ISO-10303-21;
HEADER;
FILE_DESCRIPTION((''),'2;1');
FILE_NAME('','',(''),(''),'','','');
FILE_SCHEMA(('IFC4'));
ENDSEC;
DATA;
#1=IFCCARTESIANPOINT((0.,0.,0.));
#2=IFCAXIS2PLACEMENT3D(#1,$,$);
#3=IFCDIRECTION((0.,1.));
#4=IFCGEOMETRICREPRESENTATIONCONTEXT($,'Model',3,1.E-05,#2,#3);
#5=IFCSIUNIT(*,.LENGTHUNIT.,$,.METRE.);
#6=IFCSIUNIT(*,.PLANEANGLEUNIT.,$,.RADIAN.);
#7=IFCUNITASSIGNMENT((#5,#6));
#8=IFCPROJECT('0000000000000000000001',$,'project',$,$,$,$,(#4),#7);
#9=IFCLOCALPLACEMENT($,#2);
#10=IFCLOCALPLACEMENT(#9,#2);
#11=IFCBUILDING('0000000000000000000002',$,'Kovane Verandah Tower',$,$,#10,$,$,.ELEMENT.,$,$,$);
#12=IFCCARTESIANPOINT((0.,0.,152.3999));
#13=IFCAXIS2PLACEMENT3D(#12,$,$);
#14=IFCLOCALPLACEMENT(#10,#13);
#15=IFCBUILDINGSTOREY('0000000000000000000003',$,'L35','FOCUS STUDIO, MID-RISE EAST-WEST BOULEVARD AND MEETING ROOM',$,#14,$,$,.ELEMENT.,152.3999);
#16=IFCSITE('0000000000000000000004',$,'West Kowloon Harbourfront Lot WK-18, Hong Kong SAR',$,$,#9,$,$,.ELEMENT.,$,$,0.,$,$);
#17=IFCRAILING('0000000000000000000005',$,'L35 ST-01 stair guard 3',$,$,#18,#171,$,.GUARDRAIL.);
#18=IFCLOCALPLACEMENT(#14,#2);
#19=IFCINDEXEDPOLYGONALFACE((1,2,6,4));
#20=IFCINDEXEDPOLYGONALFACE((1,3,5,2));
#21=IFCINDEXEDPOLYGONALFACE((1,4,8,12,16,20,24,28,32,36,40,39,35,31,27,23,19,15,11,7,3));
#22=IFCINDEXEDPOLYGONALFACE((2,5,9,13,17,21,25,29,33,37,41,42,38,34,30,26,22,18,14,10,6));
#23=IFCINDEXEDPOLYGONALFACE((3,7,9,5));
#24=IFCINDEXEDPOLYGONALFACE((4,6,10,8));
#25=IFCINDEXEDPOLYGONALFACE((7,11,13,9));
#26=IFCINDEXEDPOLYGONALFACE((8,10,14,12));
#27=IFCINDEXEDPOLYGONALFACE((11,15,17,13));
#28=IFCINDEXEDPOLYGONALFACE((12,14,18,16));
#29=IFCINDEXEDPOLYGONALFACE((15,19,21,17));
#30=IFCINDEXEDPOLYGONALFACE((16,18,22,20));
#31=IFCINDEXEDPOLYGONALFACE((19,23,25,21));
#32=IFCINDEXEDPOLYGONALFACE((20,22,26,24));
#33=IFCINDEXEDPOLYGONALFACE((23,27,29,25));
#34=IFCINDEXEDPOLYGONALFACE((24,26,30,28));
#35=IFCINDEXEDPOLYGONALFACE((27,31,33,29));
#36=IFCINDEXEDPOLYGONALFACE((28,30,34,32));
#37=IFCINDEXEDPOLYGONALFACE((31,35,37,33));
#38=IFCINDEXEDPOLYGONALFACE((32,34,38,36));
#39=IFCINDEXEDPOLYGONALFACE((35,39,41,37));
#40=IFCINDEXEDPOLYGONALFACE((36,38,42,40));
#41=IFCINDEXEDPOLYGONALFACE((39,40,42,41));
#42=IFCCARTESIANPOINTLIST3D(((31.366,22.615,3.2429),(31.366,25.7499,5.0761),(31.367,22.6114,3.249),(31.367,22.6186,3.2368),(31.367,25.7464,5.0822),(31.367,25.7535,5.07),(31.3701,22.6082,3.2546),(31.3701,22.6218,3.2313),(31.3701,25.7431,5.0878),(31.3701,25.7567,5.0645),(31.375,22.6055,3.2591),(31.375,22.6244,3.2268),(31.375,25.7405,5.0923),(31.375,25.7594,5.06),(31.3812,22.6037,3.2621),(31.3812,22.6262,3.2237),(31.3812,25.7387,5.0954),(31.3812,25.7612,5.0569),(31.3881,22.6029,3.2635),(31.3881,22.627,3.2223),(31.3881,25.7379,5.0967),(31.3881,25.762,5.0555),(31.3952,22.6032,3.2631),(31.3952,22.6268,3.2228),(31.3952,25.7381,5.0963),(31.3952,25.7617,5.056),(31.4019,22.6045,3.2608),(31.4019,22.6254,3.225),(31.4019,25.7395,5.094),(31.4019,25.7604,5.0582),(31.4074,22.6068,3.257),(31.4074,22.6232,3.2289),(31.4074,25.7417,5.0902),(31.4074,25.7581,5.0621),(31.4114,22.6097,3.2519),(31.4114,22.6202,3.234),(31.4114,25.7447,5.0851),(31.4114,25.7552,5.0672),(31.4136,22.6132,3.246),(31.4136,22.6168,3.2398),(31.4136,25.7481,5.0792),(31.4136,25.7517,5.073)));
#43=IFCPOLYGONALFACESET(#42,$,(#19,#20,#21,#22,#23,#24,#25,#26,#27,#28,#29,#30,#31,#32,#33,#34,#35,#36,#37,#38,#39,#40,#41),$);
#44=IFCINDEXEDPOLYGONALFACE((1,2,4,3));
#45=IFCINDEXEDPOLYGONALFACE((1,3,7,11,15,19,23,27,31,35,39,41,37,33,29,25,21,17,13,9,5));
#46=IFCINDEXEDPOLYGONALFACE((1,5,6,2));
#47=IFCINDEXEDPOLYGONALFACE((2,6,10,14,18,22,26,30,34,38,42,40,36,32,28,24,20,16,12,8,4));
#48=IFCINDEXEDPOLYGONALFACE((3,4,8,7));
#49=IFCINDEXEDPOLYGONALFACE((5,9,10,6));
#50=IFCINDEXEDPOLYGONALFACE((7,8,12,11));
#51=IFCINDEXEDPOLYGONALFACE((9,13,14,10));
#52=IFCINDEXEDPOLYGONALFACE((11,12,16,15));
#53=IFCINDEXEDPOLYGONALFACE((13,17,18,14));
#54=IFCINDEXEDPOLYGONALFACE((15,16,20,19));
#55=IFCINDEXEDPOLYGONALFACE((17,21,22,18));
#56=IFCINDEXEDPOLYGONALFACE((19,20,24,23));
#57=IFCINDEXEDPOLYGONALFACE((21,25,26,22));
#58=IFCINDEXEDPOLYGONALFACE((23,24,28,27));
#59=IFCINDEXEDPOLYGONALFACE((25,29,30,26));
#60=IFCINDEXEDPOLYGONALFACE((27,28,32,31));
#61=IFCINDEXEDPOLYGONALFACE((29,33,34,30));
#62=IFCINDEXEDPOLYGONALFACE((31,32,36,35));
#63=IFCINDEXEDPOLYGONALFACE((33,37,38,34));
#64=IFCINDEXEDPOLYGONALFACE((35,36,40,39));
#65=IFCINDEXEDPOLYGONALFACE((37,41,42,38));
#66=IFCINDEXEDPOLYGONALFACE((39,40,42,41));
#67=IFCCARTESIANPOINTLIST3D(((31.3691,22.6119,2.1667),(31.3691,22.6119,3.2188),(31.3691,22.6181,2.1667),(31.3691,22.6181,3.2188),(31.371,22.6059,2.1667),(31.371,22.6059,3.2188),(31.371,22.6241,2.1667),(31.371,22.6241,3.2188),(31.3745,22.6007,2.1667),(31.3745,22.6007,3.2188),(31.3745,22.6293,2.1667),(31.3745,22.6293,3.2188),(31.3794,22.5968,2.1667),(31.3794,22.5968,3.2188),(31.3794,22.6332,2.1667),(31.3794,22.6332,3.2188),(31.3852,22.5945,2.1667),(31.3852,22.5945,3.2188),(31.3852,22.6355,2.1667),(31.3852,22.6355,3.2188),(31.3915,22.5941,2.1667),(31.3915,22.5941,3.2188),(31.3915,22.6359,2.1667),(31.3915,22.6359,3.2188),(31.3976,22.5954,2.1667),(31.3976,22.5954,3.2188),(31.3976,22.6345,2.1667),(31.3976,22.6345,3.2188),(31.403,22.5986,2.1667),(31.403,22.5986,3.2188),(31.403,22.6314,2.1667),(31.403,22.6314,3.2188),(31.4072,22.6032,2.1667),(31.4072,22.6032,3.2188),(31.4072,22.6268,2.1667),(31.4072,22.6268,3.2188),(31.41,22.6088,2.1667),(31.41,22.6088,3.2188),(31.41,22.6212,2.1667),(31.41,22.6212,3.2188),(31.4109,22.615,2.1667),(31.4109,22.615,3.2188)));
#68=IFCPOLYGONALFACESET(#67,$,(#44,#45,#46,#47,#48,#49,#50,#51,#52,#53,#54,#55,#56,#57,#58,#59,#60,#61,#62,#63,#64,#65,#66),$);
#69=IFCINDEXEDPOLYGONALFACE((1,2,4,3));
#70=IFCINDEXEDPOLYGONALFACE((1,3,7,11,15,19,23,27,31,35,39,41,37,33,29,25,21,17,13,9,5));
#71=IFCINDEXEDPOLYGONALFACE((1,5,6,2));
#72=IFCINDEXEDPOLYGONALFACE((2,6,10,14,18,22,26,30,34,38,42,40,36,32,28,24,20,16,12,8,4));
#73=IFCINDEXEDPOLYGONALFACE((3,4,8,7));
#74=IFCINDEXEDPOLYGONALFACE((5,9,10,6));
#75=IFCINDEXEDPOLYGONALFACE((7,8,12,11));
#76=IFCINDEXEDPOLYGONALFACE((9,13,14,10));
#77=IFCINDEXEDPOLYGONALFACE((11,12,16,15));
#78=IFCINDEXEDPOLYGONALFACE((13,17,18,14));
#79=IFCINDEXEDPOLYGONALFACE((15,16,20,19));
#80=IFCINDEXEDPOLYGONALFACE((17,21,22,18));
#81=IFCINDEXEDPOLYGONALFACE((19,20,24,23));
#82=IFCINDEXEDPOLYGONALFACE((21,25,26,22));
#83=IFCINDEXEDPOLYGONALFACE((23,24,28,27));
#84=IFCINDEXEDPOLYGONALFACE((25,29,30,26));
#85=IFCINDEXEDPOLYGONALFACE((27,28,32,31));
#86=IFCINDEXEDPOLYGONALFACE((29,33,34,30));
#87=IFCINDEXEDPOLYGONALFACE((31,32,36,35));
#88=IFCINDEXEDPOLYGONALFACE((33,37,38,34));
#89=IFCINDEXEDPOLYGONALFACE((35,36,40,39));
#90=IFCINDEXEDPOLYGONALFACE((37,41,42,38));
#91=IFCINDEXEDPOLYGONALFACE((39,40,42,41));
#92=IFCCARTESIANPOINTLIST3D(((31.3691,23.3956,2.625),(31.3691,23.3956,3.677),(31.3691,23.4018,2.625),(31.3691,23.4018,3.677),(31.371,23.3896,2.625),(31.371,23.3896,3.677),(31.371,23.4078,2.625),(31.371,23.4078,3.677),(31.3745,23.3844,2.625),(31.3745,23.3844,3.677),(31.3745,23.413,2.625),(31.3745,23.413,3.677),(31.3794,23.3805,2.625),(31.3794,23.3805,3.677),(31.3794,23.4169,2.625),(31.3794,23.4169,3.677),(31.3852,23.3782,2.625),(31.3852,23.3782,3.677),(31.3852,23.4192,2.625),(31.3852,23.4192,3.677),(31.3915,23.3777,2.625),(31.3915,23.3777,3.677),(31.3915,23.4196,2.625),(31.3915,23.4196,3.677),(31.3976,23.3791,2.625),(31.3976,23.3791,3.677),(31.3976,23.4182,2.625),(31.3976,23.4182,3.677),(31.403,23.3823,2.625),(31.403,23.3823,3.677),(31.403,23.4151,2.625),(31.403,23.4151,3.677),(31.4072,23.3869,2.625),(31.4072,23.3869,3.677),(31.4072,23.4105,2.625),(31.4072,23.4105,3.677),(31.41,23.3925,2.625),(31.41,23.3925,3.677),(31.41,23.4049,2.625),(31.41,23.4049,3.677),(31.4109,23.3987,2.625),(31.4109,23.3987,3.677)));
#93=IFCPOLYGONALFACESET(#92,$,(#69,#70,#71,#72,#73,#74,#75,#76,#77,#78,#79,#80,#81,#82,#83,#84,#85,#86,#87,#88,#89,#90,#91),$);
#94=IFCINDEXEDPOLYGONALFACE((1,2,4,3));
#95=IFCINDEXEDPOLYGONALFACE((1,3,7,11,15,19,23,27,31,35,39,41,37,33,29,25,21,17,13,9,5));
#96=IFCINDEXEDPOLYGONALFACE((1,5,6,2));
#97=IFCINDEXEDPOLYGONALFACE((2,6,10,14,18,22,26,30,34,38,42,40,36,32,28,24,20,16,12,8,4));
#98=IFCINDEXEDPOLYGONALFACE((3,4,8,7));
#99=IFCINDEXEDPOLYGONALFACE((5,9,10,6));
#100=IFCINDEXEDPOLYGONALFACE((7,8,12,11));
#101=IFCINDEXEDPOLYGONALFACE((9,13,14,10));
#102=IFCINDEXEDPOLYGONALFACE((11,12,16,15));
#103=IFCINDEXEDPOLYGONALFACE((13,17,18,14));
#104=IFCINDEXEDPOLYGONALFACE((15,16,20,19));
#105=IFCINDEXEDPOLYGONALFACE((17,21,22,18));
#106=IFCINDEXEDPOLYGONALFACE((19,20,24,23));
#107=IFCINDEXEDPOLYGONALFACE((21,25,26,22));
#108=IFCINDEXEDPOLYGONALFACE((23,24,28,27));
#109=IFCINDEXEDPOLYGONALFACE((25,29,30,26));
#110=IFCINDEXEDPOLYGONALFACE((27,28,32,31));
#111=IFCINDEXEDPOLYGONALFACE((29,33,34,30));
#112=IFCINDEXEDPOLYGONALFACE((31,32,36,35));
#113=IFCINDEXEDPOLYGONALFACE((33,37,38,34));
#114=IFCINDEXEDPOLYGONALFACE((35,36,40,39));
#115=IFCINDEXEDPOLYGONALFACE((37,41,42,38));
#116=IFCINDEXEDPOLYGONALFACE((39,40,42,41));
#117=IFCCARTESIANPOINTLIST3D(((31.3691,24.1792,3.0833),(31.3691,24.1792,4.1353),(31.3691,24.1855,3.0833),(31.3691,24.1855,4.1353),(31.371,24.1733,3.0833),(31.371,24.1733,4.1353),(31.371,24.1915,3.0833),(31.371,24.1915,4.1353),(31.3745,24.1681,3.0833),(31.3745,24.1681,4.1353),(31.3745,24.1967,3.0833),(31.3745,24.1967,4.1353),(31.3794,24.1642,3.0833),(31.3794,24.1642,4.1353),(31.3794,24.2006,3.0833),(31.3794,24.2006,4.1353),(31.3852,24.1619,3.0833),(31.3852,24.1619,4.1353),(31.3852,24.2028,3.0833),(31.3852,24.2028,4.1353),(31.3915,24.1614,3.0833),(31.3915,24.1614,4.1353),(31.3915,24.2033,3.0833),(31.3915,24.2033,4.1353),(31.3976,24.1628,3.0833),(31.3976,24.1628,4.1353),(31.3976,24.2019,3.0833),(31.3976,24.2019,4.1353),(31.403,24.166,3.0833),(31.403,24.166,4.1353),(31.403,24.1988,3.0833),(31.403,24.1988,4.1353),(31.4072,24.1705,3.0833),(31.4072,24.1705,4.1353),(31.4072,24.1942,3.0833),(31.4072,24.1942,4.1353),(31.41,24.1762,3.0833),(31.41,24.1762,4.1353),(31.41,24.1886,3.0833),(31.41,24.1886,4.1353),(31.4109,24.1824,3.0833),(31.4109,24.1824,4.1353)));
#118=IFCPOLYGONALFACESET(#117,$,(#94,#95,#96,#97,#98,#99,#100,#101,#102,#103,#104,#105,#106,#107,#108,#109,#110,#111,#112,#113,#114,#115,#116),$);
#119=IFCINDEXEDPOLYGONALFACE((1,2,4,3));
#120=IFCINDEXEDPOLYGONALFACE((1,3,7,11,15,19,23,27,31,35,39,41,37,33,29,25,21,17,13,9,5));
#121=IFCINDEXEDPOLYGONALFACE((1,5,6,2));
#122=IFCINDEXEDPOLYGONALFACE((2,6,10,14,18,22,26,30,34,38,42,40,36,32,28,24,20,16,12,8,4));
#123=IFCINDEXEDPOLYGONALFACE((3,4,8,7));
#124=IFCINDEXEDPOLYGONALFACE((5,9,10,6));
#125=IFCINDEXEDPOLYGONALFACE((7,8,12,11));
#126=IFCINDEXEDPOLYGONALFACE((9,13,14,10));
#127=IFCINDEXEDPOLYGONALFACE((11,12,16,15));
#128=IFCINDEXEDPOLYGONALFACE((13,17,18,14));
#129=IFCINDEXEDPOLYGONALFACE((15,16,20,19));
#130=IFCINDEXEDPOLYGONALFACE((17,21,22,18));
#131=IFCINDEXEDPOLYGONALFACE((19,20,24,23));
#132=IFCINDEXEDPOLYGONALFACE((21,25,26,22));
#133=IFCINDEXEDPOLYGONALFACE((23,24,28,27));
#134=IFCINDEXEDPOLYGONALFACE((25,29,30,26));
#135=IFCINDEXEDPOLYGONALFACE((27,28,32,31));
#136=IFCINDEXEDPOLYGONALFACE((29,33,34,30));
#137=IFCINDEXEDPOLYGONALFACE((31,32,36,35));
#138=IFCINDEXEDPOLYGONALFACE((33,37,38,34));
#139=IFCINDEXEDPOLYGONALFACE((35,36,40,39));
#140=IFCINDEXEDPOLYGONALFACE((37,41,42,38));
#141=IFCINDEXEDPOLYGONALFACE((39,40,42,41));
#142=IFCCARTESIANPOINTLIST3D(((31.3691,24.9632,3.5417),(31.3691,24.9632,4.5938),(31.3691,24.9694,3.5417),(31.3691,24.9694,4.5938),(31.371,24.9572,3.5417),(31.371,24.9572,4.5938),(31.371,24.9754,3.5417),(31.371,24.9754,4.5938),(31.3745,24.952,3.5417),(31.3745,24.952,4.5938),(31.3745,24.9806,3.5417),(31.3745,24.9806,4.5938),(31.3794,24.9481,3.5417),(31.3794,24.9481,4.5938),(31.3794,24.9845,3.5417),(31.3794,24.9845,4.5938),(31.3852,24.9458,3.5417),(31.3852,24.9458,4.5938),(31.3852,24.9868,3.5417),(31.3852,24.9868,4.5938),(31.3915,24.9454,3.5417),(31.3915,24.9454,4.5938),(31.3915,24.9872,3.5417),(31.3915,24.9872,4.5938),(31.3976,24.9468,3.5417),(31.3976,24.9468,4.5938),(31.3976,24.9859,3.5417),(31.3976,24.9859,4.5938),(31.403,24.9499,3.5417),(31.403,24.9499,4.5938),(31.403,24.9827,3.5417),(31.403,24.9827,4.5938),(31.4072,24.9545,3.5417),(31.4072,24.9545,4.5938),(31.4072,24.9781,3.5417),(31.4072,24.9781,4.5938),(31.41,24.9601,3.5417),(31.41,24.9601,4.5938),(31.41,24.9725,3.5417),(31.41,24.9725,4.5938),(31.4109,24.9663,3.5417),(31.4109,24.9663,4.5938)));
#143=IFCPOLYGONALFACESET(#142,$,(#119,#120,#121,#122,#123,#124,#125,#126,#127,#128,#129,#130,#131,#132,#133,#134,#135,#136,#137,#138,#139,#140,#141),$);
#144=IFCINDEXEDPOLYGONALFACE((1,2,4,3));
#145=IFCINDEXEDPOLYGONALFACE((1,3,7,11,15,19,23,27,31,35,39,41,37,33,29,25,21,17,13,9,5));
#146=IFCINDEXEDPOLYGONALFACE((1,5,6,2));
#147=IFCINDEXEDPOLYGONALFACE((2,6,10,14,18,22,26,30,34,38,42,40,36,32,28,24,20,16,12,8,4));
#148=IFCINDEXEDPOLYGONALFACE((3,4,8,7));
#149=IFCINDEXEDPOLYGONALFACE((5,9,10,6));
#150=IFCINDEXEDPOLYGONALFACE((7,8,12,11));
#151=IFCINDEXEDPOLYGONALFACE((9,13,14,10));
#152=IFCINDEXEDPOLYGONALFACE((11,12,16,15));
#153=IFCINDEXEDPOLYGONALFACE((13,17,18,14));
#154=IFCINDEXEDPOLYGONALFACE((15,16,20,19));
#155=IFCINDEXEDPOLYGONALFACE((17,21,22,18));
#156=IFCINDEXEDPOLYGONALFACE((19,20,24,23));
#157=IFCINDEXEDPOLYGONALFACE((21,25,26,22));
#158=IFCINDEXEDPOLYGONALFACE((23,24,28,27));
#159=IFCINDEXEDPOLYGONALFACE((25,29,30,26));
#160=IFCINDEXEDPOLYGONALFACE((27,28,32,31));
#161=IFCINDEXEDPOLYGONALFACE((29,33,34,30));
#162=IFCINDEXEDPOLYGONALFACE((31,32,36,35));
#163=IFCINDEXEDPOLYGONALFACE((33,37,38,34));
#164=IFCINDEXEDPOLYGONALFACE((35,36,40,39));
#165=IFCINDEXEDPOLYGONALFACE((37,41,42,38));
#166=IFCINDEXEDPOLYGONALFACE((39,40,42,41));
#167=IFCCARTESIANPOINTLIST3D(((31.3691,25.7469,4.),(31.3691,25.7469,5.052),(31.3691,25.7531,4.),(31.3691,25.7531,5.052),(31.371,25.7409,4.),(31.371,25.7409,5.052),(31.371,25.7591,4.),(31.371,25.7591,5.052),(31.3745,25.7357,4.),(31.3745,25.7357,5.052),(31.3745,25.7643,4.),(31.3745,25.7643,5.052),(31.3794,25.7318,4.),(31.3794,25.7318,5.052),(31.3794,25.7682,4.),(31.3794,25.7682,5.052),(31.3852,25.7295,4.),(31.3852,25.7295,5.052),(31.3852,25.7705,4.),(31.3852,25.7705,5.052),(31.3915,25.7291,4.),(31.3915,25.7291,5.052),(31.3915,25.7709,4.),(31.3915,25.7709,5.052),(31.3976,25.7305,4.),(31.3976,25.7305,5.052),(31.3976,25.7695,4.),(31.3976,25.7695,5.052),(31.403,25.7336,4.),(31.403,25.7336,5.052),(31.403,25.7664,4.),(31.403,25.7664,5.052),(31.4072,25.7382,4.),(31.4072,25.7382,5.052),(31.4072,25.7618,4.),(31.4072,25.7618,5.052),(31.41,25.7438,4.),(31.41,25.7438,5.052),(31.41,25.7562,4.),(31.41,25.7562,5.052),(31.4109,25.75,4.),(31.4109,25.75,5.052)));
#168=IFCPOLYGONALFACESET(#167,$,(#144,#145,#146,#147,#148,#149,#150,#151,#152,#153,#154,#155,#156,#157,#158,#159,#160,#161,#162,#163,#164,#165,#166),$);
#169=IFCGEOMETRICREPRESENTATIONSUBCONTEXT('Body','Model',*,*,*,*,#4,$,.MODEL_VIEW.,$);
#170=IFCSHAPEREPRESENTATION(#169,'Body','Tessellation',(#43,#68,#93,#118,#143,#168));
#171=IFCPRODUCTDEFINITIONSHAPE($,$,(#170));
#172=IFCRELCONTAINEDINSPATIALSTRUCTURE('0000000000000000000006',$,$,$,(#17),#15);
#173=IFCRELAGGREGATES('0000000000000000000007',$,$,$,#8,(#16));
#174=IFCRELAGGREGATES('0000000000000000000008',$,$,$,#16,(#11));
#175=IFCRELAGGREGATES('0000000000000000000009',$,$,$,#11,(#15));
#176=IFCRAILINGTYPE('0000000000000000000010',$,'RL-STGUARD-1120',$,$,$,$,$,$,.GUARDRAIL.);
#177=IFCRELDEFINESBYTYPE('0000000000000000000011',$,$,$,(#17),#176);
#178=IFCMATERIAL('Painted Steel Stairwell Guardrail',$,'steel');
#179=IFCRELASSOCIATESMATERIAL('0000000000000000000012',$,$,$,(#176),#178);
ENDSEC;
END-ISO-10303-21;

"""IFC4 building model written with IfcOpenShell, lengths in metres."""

from ifc_helpers import new_model, si_unit, direction, frame, origin, origin_2d, place, context, subcontext, project, spatial, circle, extrude, material, type_object, element, save


model = new_model("IFC4")

# Units and contexts
model_context = context("Model", 3, precision=1e-05, world=origin(), true_north=direction((0.0, 1.0)))
body_context = subcontext(model_context, "Body", "Model", "MODEL_VIEW")
ifc_project = project(units=[si_unit("LENGTHUNIT", "METRE"), si_unit("PLANEANGLEUNIT", "RADIAN")], contexts=[model_context])

# Site, building, storey
site_placement = place(None, origin())
site = spatial("IfcSite", under=ifc_project, at=site_placement, Name="West Kowloon Harbourfront Lot WK-18, Hong Kong SAR", CompositionType="ELEMENT", RefElevation=0.0)
building_placement = place(site_placement, origin())
building = spatial("IfcBuilding", under=site, at=building_placement, Name="Kovane Verandah Tower", CompositionType="ELEMENT")
storey_placement = place(building_placement, frame((0.0, 0.0, 152.3999)))
storey = spatial("IfcBuildingStorey", under=building, at=storey_placement, Name="L35", Description="FOCUS STUDIO, MID-RISE EAST-WEST BOULEVARD AND MEETING ROOM", CompositionType="ELEMENT", Elevation=152.3999)

# Railing
ifc_material_1 = material(Name="Painted Steel Stairwell Guardrail", Category="steel")
railing_type_1 = type_object("IfcRailingType", Name="RL-STGUARD-1120", PredefinedType="GUARDRAIL", material=ifc_material_1)
railing_1_placement = place(storey_placement, frame((31.3899, 22.615, 2.1667)))
element("IfcRailing", 1, at=railing_1_placement, inside=storey, type_object=railing_type_1, Name="L35 ST-01 stair guard 3", PredefinedType="GUARDRAIL", context=body_context, shape_type="SweptSolid", body=[
    extrude(circle(Radius=0.0239, at=origin_2d()), frame((0.0, 0.0, 1.0762), z_axis=(0.0, 0.86324, 0.504794), x_axis=(-1.0, 0.0, 0.0)), (0.0, 0.0, 1.0), 3.6316),
    extrude(circle(Radius=0.021, at=origin_2d()), origin(), (0.0, 0.0, 1.0), 1.052),
    extrude(circle(Radius=0.021, at=origin_2d()), frame((0.0, 0.7837, 0.4583)), (0.0, 0.0, 1.0), 1.052),
    extrude(circle(Radius=0.021, at=origin_2d()), frame((0.0, 1.5674, 0.9165)), (0.0, 0.0, 1.0), 1.052),
    extrude(circle(Radius=0.021, at=origin_2d()), frame((0.0, 2.3513, 1.375)), (0.0, 0.0, 1.0), 1.052),
    extrude(circle(Radius=0.021, at=origin_2d()), frame((0.0, 3.135, 1.8333)), (0.0, 0.0, 1.0), 1.052),
])

save(model, "model.ifc")
